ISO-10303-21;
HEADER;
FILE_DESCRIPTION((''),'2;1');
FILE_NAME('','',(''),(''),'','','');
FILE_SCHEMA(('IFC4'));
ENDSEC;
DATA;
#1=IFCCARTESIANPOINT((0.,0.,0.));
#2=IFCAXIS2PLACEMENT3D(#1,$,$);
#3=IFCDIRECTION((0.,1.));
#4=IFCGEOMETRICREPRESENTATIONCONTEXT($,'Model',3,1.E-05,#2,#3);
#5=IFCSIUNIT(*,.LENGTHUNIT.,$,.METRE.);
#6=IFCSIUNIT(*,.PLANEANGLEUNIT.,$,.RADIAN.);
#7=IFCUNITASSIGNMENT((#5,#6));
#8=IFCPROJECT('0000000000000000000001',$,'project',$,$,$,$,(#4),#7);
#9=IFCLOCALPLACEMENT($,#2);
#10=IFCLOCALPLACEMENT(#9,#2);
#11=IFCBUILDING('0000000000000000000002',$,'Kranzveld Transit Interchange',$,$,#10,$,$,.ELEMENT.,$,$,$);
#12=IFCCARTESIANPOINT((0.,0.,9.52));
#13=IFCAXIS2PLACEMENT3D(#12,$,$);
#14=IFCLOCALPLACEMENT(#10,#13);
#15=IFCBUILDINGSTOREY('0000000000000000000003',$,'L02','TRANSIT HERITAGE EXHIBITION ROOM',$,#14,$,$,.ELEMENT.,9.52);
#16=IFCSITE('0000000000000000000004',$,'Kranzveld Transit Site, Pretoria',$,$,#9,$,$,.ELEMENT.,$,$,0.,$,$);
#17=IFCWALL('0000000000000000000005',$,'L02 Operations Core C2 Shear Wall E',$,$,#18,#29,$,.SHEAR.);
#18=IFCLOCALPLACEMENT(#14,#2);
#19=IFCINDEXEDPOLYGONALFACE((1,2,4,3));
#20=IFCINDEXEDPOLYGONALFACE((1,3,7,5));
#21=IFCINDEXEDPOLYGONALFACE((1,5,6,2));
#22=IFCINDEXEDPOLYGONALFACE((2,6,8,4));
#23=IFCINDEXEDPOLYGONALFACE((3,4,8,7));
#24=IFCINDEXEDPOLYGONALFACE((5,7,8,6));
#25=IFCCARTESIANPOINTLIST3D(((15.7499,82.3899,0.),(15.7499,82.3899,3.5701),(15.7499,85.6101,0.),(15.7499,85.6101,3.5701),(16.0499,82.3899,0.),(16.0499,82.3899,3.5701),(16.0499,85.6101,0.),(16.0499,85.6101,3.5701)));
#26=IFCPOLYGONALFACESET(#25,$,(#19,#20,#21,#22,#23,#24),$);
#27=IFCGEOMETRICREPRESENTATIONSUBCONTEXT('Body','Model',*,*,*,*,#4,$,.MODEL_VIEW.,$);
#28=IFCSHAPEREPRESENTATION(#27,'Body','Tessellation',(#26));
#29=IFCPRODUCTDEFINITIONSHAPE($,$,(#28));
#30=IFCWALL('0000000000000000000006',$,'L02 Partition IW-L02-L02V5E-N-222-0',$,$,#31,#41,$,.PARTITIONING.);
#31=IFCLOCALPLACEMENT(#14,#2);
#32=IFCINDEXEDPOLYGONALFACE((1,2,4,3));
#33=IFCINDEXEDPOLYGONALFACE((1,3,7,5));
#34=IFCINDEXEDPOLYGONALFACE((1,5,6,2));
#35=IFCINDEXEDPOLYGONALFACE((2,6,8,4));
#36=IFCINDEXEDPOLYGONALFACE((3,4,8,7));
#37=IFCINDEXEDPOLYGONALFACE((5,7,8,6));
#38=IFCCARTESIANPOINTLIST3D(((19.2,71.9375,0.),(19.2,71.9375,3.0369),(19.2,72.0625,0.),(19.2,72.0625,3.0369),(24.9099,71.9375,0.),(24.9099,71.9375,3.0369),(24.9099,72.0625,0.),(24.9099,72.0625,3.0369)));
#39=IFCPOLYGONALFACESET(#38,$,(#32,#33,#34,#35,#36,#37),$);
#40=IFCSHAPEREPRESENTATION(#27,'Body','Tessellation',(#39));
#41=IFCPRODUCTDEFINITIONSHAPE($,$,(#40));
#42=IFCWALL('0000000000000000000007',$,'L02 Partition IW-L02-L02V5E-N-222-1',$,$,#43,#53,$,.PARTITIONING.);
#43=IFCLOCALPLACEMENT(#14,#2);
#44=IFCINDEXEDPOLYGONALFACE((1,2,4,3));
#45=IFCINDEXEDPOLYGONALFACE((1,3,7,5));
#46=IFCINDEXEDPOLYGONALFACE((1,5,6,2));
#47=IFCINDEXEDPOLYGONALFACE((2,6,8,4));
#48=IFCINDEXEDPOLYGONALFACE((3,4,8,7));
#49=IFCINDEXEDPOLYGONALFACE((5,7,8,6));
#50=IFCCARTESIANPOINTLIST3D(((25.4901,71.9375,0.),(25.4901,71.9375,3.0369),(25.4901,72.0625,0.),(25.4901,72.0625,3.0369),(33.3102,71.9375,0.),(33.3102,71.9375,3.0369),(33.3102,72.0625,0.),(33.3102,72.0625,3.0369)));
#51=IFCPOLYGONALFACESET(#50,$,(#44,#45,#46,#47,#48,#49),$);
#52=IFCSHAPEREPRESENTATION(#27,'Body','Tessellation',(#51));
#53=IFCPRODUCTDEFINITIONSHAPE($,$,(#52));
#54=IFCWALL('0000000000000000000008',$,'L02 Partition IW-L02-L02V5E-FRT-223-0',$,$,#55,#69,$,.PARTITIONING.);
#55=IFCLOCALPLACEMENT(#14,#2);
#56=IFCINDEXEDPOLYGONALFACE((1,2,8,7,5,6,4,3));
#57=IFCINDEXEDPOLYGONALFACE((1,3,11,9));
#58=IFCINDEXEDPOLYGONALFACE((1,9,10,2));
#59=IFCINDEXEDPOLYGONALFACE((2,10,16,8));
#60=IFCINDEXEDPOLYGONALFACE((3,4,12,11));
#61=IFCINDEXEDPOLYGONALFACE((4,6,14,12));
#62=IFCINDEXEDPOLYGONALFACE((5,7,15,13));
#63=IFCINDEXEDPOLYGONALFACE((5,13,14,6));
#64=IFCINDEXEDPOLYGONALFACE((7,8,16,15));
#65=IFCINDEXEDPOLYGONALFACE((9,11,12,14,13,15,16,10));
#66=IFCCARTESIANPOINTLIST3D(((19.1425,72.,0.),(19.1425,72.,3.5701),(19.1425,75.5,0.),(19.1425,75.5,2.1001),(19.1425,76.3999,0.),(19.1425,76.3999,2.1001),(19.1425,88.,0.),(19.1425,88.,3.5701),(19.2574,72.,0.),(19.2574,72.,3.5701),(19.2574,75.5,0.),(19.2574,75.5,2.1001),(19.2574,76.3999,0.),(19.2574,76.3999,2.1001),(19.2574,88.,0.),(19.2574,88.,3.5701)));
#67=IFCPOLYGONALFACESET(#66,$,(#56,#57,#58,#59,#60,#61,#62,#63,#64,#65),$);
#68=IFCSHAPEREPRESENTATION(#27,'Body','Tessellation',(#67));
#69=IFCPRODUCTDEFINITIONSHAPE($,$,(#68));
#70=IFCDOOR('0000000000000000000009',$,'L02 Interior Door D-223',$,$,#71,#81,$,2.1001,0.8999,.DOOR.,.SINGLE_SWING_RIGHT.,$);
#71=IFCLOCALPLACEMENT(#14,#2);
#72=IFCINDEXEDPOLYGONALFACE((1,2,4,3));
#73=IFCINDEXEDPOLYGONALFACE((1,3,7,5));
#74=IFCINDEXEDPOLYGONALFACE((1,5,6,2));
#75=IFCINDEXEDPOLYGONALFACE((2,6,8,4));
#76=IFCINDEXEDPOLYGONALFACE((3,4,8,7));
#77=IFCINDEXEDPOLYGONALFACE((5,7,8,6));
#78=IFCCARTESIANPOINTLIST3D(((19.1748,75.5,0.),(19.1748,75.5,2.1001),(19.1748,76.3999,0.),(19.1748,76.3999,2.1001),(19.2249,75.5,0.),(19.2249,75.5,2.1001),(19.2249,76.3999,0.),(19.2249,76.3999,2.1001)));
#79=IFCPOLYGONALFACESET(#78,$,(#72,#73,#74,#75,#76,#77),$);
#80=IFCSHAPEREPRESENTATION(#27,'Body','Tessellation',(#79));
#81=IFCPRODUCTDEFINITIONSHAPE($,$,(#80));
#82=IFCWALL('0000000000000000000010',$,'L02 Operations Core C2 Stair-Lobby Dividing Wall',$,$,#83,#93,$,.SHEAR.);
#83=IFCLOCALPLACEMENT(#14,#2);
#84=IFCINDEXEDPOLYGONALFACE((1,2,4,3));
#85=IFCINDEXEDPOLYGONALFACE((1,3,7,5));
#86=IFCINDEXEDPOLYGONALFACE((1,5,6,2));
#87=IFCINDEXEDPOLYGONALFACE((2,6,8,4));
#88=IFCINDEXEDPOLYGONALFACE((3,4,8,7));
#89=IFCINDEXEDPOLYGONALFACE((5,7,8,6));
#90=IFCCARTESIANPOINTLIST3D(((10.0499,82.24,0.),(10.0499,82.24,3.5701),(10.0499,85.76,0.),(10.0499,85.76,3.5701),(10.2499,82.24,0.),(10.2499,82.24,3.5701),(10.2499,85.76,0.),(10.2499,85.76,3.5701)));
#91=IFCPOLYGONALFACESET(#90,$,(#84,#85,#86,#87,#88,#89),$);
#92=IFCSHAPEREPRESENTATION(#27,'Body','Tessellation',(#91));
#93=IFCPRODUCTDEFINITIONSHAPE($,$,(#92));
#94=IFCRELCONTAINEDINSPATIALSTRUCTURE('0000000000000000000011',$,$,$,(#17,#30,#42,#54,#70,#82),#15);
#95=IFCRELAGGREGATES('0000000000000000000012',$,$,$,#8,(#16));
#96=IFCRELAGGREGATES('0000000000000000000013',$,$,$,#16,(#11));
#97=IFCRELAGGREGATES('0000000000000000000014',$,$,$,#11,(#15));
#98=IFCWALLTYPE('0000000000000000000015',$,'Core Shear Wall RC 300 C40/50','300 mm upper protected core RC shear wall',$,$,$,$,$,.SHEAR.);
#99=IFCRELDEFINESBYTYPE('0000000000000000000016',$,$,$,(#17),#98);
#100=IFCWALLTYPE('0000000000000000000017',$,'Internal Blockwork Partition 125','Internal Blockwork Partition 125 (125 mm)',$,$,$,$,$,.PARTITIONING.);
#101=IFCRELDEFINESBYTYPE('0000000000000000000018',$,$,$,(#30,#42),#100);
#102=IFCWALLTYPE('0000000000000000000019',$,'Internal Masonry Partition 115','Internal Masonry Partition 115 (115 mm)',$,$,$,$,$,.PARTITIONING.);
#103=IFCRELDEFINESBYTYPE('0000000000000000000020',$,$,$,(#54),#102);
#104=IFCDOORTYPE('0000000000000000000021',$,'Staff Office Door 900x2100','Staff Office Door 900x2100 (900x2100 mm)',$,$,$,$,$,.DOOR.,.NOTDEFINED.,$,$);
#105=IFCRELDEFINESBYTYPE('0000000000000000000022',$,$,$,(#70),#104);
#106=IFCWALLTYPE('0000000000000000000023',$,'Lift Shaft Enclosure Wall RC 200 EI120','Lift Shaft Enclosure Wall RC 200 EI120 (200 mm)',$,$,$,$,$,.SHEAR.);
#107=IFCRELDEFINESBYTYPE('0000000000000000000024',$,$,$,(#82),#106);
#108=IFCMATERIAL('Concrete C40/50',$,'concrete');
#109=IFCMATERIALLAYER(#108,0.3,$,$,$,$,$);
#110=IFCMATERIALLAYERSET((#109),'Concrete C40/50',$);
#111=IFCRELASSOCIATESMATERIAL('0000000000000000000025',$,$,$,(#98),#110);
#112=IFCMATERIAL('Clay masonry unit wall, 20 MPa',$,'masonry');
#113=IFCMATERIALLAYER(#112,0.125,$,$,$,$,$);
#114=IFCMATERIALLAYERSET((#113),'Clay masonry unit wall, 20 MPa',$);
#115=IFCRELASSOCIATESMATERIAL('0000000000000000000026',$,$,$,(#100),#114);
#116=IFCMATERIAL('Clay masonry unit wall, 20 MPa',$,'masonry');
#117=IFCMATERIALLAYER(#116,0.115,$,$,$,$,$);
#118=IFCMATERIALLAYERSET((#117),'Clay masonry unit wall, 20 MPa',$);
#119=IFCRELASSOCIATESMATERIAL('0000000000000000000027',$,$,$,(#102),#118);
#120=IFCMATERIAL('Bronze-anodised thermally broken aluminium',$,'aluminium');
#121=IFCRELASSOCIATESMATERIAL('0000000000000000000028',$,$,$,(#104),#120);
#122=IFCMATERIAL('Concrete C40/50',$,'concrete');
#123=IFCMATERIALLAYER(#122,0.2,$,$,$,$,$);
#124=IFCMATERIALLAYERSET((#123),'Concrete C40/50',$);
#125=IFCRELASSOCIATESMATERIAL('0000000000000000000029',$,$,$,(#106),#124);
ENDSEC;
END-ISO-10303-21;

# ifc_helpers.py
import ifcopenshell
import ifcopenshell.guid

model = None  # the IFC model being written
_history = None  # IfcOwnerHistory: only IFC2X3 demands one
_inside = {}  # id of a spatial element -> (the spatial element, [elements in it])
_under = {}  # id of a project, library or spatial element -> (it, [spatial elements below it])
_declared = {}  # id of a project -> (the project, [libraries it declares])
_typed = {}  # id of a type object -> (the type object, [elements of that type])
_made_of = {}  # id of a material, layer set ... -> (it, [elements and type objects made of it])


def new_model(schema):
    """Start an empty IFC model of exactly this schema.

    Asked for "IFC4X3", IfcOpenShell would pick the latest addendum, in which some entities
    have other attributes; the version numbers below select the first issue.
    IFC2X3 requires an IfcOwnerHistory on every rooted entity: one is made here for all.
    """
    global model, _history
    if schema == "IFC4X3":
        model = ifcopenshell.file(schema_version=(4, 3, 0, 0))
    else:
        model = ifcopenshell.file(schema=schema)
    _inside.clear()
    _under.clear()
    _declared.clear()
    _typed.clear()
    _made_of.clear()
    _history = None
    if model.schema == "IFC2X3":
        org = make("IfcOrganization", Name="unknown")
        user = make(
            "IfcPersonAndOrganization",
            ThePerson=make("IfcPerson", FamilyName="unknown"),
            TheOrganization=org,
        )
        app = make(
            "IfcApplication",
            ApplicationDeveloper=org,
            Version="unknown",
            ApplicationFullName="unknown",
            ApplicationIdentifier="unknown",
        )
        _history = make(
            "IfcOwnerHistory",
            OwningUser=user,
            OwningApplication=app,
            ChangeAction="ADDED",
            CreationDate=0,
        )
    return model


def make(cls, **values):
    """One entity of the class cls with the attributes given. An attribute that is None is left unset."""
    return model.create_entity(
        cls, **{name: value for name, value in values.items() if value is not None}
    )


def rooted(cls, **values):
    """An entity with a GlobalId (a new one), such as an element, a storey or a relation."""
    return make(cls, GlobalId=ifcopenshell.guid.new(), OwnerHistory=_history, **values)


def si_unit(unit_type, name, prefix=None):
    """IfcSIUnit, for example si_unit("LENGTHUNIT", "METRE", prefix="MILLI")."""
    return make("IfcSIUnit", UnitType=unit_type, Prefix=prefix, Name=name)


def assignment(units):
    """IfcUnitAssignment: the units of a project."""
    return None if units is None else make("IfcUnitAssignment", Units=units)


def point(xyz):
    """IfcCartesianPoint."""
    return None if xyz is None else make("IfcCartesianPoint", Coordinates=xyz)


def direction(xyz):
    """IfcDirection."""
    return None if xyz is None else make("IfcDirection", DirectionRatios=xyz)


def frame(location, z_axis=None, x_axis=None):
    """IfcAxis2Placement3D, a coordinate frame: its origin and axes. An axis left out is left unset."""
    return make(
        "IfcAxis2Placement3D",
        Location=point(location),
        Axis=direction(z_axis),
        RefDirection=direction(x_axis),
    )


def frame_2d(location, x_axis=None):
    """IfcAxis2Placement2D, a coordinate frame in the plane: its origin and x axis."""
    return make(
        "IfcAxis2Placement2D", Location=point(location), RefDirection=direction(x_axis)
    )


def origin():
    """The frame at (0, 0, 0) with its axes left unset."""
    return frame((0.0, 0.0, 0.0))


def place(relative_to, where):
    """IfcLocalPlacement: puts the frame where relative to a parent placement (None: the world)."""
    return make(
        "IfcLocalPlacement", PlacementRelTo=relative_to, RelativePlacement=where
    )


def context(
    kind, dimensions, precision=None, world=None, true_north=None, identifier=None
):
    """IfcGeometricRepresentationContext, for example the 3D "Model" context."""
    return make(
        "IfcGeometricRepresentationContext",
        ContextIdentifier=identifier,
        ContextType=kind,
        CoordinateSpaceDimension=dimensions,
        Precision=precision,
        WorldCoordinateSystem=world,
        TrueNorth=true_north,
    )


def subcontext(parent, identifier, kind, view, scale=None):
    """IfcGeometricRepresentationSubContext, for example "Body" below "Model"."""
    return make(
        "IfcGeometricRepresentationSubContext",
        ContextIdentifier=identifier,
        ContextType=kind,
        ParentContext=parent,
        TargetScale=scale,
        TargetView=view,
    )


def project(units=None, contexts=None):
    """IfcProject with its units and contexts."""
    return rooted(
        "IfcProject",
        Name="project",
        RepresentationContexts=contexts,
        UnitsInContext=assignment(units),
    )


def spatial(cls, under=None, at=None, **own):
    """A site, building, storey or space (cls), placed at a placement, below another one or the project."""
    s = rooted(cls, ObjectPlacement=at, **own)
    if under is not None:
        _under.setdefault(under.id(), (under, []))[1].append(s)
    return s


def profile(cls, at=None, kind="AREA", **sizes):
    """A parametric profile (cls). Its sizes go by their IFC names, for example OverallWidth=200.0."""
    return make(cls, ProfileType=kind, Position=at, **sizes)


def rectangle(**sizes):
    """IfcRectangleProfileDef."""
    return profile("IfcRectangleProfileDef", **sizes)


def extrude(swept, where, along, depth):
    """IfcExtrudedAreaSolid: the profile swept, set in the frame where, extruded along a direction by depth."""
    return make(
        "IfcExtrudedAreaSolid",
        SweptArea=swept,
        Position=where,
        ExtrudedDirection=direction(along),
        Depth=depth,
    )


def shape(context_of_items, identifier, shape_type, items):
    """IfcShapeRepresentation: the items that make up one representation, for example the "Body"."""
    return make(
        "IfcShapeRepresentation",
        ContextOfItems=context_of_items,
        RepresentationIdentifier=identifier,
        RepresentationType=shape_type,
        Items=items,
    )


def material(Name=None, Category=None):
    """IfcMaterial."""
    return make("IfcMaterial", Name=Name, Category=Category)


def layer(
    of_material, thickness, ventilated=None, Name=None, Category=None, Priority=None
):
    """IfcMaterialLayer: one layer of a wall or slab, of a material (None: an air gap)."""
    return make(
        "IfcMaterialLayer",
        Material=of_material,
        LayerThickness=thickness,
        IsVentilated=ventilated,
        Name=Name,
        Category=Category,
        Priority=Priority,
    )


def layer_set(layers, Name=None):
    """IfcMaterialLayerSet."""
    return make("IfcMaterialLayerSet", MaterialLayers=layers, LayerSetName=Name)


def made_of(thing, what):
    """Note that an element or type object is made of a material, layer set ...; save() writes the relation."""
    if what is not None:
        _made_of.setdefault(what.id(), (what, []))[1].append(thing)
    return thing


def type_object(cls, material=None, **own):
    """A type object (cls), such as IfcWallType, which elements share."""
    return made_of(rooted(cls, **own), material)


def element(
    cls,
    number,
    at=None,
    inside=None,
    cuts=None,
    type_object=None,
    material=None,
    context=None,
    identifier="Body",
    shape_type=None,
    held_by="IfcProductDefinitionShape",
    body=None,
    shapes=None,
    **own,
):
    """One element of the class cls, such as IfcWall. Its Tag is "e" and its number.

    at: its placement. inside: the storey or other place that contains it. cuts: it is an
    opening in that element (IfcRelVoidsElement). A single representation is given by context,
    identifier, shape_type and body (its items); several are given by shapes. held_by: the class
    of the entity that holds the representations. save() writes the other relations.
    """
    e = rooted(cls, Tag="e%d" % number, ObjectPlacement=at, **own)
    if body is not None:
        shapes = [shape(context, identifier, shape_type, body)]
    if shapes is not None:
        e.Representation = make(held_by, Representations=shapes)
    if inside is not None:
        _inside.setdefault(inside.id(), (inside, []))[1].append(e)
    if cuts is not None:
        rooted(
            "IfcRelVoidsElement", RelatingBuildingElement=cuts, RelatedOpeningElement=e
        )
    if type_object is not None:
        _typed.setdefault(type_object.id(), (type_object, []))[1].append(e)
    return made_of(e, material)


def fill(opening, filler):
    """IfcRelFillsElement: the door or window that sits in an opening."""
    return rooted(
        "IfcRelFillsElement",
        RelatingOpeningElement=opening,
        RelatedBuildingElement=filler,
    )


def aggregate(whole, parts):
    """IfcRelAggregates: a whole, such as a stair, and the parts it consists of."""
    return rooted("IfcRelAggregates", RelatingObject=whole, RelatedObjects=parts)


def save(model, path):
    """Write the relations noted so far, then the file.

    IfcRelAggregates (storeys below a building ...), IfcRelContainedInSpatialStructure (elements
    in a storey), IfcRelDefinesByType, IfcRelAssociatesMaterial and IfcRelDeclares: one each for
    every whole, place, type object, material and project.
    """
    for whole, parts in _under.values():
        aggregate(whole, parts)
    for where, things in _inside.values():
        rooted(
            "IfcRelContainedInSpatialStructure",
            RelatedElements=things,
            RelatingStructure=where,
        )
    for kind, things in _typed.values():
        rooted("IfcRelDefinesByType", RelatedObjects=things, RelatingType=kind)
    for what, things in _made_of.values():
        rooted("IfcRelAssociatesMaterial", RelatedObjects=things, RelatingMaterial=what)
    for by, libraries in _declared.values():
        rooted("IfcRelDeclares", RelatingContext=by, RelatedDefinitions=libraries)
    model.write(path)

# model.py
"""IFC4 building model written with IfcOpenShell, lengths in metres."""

from ifc_helpers import new_model, si_unit, direction, frame, frame_2d, origin, place, context, subcontext, project, spatial, rectangle, extrude, material, layer, layer_set, type_object, element, fill, save


model = new_model("IFC4")

# Units and contexts
model_context = context("Model", 3, precision=1e-05, world=origin(), true_north=direction((0.0, 1.0)))
body_context = subcontext(model_context, "Body", "Model", "MODEL_VIEW")
ifc_project = project(units=[si_unit("LENGTHUNIT", "METRE"), si_unit("PLANEANGLEUNIT", "RADIAN")], contexts=[model_context])

# Site, building, storey
site_placement = place(None, origin())
site = spatial("IfcSite", under=ifc_project, at=site_placement, Name="Kranzveld Transit Site, Pretoria", CompositionType="ELEMENT", RefElevation=0.0)
building_placement = place(site_placement, origin())
building = spatial("IfcBuilding", under=site, at=building_placement, Name="Kranzveld Transit Interchange", CompositionType="ELEMENT")
storey_placement = place(building_placement, frame((0.0, 0.0, 9.52)))
storey = spatial("IfcBuildingStorey", under=building, at=storey_placement, Name="L02", Description="TRANSIT HERITAGE EXHIBITION ROOM", CompositionType="ELEMENT", Elevation=9.52)

# Walls
ifc_material_1 = material(Name="Concrete C40/50", Category="concrete")
ifc_layer_1 = layer(ifc_material_1, 0.3)
ifc_layer_set_1 = layer_set([ifc_layer_1], Name="Concrete C40/50")
wall_type_1 = type_object("IfcWallType", Name="Core Shear Wall RC 300 C40/50", Description="300 mm upper protected core RC shear wall", PredefinedType="SHEAR", material=ifc_layer_set_1)
wall_1_placement = place(storey_placement, frame((15.8999, 82.3899, 0.0), z_axis=(0.0, 0.0, 1.0), x_axis=(0.0, 1.0, 0.0)))
element("IfcWall", 1, at=wall_1_placement, inside=storey, type_object=wall_type_1, Name="L02 Operations Core C2 Shear Wall E", PredefinedType="SHEAR", context=body_context, shape_type="SweptSolid", body=[
    extrude(rectangle(XDim=3.2202, YDim=0.3, at=frame_2d((1.6101, 0.0))), origin(), (0.0, 0.0, 1.0), 3.5701),
])
ifc_material_2 = material(Name="Clay masonry unit wall, 20 MPa", Category="masonry")
ifc_layer_2 = layer(ifc_material_2, 0.125)
ifc_layer_set_2 = layer_set([ifc_layer_2], Name="Clay masonry unit wall, 20 MPa")
wall_type_2 = type_object("IfcWallType", Name="Internal Blockwork Partition 125", Description="Internal Blockwork Partition 125 (125 mm)", PredefinedType="PARTITIONING", material=ifc_layer_set_2)
wall_2_placement = place(storey_placement, frame((19.2, 72.0, 0.0), z_axis=(0.0, 0.0, 1.0), x_axis=(1.0, 0.0, 0.0)))
element("IfcWall", 2, at=wall_2_placement, inside=storey, type_object=wall_type_2, Name="L02 Partition IW-L02-L02V5E-N-222-0", PredefinedType="PARTITIONING", context=body_context, shape_type="SweptSolid", body=[
    extrude(rectangle(XDim=5.71, YDim=0.125, at=frame_2d((2.855, 0.0))), origin(), (0.0, 0.0, 1.0), 3.0369),
])
wall_3_placement = place(storey_placement, frame((25.49, 72.0, 0.0), z_axis=(0.0, 0.0, 1.0), x_axis=(1.0, 0.0, 0.0)))
element("IfcWall", 3, at=wall_3_placement, inside=storey, type_object=wall_type_2, Name="L02 Partition IW-L02-L02V5E-N-222-1", PredefinedType="PARTITIONING", context=body_context, shape_type="SweptSolid", body=[
    extrude(rectangle(XDim=7.8201, YDim=0.125, at=frame_2d((3.9102, 0.0))), origin(), (0.0, 0.0, 1.0), 3.0369),
])

# Wall, opening, door
ifc_material_3 = material(Name="Clay masonry unit wall, 20 MPa", Category="masonry")
ifc_layer_3 = layer(ifc_material_3, 0.115)
ifc_layer_set_3 = layer_set([ifc_layer_3], Name="Clay masonry unit wall, 20 MPa")
wall_type_3 = type_object("IfcWallType", Name="Internal Masonry Partition 115", Description="Internal Masonry Partition 115 (115 mm)", PredefinedType="PARTITIONING", material=ifc_layer_set_3)
wall_4_placement = place(storey_placement, frame((19.2, 72.0, 0.0), z_axis=(0.0, 0.0, 1.0), x_axis=(0.0, 1.0, 0.0)))
wall_4 = element("IfcWall", 4, at=wall_4_placement, inside=storey, type_object=wall_type_3, Name="L02 Partition IW-L02-L02V5E-FRT-223-0", PredefinedType="PARTITIONING", context=body_context, shape_type="SweptSolid", body=[
    extrude(rectangle(XDim=16.0, YDim=0.115, at=frame_2d((8.0, 0.0))), origin(), (0.0, 0.0, 1.0), 3.5701),
])
opening_1_placement = place(wall_4_placement, frame((4.3999, 0.0, 0.0), z_axis=(0.0, 0.0, 1.0), x_axis=(-1.0, 0.0, 0.0)))
opening_1 = element("IfcOpeningElement", 5, at=opening_1_placement, cuts=wall_4, PredefinedType="OPENING", context=body_context, shape_type="SweptSolid", body=[
    extrude(rectangle(XDim=0.8999, YDim=2.1001, at=frame_2d((0.45, 1.05))), frame((0.0, 0.0674, 0.0), z_axis=(0.0, -1.0, 0.0), x_axis=(1.0, 0.0, 0.0)), (0.0, 0.0, 1.0), 0.135),
])
ifc_material_4 = material(Name="Bronze-anodised thermally broken aluminium", Category="aluminium")
door_type_1 = type_object("IfcDoorType", Name="Staff Office Door 900x2100", Description="Staff Office Door 900x2100 (900x2100 mm)", OperationType="NOTDEFINED", PredefinedType="DOOR", material=ifc_material_4)
door_1_placement = place(opening_1_placement, origin())
door_1 = element("IfcDoor", 6, at=door_1_placement, inside=storey, type_object=door_type_1, Name="L02 Interior Door D-223", OperationType="SINGLE_SWING_RIGHT", OverallHeight=2.1001, OverallWidth=0.8999, PredefinedType="DOOR", context=body_context, shape_type="SweptSolid", body=[
    extrude(rectangle(XDim=0.8999, YDim=2.1001, at=frame_2d((0.45, 1.05))), frame((0.0, 0.0249, 0.0), z_axis=(0.0, -1.0, 0.0), x_axis=(1.0, 0.0, 0.0)), (0.0, 0.0, 1.0), 0.05),
])
fill(opening_1, door_1)

# Wall
ifc_material_5 = material(Name="Concrete C40/50", Category="concrete")
ifc_layer_4 = layer(ifc_material_5, 0.2)
ifc_layer_set_4 = layer_set([ifc_layer_4], Name="Concrete C40/50")
wall_type_4 = type_object("IfcWallType", Name="Lift Shaft Enclosure Wall RC 200 EI120", Description="Lift Shaft Enclosure Wall RC 200 EI120 (200 mm)", PredefinedType="SHEAR", material=ifc_layer_set_4)
wall_5_placement = place(storey_placement, frame((10.1499, 82.24, 0.0), z_axis=(0.0, 0.0, 1.0), x_axis=(0.0, 1.0, 0.0)))
element("IfcWall", 7, at=wall_5_placement, inside=storey, type_object=wall_type_4, Name="L02 Operations Core C2 Stair-Lobby Dividing Wall", PredefinedType="SHEAR", context=body_context, shape_type="SweptSolid", body=[
    extrude(rectangle(XDim=3.52, YDim=0.2, at=frame_2d((1.76, 0.0))), origin(), (0.0, 0.0, 1.0), 3.5701),
])

save(model, "model.ifc")
